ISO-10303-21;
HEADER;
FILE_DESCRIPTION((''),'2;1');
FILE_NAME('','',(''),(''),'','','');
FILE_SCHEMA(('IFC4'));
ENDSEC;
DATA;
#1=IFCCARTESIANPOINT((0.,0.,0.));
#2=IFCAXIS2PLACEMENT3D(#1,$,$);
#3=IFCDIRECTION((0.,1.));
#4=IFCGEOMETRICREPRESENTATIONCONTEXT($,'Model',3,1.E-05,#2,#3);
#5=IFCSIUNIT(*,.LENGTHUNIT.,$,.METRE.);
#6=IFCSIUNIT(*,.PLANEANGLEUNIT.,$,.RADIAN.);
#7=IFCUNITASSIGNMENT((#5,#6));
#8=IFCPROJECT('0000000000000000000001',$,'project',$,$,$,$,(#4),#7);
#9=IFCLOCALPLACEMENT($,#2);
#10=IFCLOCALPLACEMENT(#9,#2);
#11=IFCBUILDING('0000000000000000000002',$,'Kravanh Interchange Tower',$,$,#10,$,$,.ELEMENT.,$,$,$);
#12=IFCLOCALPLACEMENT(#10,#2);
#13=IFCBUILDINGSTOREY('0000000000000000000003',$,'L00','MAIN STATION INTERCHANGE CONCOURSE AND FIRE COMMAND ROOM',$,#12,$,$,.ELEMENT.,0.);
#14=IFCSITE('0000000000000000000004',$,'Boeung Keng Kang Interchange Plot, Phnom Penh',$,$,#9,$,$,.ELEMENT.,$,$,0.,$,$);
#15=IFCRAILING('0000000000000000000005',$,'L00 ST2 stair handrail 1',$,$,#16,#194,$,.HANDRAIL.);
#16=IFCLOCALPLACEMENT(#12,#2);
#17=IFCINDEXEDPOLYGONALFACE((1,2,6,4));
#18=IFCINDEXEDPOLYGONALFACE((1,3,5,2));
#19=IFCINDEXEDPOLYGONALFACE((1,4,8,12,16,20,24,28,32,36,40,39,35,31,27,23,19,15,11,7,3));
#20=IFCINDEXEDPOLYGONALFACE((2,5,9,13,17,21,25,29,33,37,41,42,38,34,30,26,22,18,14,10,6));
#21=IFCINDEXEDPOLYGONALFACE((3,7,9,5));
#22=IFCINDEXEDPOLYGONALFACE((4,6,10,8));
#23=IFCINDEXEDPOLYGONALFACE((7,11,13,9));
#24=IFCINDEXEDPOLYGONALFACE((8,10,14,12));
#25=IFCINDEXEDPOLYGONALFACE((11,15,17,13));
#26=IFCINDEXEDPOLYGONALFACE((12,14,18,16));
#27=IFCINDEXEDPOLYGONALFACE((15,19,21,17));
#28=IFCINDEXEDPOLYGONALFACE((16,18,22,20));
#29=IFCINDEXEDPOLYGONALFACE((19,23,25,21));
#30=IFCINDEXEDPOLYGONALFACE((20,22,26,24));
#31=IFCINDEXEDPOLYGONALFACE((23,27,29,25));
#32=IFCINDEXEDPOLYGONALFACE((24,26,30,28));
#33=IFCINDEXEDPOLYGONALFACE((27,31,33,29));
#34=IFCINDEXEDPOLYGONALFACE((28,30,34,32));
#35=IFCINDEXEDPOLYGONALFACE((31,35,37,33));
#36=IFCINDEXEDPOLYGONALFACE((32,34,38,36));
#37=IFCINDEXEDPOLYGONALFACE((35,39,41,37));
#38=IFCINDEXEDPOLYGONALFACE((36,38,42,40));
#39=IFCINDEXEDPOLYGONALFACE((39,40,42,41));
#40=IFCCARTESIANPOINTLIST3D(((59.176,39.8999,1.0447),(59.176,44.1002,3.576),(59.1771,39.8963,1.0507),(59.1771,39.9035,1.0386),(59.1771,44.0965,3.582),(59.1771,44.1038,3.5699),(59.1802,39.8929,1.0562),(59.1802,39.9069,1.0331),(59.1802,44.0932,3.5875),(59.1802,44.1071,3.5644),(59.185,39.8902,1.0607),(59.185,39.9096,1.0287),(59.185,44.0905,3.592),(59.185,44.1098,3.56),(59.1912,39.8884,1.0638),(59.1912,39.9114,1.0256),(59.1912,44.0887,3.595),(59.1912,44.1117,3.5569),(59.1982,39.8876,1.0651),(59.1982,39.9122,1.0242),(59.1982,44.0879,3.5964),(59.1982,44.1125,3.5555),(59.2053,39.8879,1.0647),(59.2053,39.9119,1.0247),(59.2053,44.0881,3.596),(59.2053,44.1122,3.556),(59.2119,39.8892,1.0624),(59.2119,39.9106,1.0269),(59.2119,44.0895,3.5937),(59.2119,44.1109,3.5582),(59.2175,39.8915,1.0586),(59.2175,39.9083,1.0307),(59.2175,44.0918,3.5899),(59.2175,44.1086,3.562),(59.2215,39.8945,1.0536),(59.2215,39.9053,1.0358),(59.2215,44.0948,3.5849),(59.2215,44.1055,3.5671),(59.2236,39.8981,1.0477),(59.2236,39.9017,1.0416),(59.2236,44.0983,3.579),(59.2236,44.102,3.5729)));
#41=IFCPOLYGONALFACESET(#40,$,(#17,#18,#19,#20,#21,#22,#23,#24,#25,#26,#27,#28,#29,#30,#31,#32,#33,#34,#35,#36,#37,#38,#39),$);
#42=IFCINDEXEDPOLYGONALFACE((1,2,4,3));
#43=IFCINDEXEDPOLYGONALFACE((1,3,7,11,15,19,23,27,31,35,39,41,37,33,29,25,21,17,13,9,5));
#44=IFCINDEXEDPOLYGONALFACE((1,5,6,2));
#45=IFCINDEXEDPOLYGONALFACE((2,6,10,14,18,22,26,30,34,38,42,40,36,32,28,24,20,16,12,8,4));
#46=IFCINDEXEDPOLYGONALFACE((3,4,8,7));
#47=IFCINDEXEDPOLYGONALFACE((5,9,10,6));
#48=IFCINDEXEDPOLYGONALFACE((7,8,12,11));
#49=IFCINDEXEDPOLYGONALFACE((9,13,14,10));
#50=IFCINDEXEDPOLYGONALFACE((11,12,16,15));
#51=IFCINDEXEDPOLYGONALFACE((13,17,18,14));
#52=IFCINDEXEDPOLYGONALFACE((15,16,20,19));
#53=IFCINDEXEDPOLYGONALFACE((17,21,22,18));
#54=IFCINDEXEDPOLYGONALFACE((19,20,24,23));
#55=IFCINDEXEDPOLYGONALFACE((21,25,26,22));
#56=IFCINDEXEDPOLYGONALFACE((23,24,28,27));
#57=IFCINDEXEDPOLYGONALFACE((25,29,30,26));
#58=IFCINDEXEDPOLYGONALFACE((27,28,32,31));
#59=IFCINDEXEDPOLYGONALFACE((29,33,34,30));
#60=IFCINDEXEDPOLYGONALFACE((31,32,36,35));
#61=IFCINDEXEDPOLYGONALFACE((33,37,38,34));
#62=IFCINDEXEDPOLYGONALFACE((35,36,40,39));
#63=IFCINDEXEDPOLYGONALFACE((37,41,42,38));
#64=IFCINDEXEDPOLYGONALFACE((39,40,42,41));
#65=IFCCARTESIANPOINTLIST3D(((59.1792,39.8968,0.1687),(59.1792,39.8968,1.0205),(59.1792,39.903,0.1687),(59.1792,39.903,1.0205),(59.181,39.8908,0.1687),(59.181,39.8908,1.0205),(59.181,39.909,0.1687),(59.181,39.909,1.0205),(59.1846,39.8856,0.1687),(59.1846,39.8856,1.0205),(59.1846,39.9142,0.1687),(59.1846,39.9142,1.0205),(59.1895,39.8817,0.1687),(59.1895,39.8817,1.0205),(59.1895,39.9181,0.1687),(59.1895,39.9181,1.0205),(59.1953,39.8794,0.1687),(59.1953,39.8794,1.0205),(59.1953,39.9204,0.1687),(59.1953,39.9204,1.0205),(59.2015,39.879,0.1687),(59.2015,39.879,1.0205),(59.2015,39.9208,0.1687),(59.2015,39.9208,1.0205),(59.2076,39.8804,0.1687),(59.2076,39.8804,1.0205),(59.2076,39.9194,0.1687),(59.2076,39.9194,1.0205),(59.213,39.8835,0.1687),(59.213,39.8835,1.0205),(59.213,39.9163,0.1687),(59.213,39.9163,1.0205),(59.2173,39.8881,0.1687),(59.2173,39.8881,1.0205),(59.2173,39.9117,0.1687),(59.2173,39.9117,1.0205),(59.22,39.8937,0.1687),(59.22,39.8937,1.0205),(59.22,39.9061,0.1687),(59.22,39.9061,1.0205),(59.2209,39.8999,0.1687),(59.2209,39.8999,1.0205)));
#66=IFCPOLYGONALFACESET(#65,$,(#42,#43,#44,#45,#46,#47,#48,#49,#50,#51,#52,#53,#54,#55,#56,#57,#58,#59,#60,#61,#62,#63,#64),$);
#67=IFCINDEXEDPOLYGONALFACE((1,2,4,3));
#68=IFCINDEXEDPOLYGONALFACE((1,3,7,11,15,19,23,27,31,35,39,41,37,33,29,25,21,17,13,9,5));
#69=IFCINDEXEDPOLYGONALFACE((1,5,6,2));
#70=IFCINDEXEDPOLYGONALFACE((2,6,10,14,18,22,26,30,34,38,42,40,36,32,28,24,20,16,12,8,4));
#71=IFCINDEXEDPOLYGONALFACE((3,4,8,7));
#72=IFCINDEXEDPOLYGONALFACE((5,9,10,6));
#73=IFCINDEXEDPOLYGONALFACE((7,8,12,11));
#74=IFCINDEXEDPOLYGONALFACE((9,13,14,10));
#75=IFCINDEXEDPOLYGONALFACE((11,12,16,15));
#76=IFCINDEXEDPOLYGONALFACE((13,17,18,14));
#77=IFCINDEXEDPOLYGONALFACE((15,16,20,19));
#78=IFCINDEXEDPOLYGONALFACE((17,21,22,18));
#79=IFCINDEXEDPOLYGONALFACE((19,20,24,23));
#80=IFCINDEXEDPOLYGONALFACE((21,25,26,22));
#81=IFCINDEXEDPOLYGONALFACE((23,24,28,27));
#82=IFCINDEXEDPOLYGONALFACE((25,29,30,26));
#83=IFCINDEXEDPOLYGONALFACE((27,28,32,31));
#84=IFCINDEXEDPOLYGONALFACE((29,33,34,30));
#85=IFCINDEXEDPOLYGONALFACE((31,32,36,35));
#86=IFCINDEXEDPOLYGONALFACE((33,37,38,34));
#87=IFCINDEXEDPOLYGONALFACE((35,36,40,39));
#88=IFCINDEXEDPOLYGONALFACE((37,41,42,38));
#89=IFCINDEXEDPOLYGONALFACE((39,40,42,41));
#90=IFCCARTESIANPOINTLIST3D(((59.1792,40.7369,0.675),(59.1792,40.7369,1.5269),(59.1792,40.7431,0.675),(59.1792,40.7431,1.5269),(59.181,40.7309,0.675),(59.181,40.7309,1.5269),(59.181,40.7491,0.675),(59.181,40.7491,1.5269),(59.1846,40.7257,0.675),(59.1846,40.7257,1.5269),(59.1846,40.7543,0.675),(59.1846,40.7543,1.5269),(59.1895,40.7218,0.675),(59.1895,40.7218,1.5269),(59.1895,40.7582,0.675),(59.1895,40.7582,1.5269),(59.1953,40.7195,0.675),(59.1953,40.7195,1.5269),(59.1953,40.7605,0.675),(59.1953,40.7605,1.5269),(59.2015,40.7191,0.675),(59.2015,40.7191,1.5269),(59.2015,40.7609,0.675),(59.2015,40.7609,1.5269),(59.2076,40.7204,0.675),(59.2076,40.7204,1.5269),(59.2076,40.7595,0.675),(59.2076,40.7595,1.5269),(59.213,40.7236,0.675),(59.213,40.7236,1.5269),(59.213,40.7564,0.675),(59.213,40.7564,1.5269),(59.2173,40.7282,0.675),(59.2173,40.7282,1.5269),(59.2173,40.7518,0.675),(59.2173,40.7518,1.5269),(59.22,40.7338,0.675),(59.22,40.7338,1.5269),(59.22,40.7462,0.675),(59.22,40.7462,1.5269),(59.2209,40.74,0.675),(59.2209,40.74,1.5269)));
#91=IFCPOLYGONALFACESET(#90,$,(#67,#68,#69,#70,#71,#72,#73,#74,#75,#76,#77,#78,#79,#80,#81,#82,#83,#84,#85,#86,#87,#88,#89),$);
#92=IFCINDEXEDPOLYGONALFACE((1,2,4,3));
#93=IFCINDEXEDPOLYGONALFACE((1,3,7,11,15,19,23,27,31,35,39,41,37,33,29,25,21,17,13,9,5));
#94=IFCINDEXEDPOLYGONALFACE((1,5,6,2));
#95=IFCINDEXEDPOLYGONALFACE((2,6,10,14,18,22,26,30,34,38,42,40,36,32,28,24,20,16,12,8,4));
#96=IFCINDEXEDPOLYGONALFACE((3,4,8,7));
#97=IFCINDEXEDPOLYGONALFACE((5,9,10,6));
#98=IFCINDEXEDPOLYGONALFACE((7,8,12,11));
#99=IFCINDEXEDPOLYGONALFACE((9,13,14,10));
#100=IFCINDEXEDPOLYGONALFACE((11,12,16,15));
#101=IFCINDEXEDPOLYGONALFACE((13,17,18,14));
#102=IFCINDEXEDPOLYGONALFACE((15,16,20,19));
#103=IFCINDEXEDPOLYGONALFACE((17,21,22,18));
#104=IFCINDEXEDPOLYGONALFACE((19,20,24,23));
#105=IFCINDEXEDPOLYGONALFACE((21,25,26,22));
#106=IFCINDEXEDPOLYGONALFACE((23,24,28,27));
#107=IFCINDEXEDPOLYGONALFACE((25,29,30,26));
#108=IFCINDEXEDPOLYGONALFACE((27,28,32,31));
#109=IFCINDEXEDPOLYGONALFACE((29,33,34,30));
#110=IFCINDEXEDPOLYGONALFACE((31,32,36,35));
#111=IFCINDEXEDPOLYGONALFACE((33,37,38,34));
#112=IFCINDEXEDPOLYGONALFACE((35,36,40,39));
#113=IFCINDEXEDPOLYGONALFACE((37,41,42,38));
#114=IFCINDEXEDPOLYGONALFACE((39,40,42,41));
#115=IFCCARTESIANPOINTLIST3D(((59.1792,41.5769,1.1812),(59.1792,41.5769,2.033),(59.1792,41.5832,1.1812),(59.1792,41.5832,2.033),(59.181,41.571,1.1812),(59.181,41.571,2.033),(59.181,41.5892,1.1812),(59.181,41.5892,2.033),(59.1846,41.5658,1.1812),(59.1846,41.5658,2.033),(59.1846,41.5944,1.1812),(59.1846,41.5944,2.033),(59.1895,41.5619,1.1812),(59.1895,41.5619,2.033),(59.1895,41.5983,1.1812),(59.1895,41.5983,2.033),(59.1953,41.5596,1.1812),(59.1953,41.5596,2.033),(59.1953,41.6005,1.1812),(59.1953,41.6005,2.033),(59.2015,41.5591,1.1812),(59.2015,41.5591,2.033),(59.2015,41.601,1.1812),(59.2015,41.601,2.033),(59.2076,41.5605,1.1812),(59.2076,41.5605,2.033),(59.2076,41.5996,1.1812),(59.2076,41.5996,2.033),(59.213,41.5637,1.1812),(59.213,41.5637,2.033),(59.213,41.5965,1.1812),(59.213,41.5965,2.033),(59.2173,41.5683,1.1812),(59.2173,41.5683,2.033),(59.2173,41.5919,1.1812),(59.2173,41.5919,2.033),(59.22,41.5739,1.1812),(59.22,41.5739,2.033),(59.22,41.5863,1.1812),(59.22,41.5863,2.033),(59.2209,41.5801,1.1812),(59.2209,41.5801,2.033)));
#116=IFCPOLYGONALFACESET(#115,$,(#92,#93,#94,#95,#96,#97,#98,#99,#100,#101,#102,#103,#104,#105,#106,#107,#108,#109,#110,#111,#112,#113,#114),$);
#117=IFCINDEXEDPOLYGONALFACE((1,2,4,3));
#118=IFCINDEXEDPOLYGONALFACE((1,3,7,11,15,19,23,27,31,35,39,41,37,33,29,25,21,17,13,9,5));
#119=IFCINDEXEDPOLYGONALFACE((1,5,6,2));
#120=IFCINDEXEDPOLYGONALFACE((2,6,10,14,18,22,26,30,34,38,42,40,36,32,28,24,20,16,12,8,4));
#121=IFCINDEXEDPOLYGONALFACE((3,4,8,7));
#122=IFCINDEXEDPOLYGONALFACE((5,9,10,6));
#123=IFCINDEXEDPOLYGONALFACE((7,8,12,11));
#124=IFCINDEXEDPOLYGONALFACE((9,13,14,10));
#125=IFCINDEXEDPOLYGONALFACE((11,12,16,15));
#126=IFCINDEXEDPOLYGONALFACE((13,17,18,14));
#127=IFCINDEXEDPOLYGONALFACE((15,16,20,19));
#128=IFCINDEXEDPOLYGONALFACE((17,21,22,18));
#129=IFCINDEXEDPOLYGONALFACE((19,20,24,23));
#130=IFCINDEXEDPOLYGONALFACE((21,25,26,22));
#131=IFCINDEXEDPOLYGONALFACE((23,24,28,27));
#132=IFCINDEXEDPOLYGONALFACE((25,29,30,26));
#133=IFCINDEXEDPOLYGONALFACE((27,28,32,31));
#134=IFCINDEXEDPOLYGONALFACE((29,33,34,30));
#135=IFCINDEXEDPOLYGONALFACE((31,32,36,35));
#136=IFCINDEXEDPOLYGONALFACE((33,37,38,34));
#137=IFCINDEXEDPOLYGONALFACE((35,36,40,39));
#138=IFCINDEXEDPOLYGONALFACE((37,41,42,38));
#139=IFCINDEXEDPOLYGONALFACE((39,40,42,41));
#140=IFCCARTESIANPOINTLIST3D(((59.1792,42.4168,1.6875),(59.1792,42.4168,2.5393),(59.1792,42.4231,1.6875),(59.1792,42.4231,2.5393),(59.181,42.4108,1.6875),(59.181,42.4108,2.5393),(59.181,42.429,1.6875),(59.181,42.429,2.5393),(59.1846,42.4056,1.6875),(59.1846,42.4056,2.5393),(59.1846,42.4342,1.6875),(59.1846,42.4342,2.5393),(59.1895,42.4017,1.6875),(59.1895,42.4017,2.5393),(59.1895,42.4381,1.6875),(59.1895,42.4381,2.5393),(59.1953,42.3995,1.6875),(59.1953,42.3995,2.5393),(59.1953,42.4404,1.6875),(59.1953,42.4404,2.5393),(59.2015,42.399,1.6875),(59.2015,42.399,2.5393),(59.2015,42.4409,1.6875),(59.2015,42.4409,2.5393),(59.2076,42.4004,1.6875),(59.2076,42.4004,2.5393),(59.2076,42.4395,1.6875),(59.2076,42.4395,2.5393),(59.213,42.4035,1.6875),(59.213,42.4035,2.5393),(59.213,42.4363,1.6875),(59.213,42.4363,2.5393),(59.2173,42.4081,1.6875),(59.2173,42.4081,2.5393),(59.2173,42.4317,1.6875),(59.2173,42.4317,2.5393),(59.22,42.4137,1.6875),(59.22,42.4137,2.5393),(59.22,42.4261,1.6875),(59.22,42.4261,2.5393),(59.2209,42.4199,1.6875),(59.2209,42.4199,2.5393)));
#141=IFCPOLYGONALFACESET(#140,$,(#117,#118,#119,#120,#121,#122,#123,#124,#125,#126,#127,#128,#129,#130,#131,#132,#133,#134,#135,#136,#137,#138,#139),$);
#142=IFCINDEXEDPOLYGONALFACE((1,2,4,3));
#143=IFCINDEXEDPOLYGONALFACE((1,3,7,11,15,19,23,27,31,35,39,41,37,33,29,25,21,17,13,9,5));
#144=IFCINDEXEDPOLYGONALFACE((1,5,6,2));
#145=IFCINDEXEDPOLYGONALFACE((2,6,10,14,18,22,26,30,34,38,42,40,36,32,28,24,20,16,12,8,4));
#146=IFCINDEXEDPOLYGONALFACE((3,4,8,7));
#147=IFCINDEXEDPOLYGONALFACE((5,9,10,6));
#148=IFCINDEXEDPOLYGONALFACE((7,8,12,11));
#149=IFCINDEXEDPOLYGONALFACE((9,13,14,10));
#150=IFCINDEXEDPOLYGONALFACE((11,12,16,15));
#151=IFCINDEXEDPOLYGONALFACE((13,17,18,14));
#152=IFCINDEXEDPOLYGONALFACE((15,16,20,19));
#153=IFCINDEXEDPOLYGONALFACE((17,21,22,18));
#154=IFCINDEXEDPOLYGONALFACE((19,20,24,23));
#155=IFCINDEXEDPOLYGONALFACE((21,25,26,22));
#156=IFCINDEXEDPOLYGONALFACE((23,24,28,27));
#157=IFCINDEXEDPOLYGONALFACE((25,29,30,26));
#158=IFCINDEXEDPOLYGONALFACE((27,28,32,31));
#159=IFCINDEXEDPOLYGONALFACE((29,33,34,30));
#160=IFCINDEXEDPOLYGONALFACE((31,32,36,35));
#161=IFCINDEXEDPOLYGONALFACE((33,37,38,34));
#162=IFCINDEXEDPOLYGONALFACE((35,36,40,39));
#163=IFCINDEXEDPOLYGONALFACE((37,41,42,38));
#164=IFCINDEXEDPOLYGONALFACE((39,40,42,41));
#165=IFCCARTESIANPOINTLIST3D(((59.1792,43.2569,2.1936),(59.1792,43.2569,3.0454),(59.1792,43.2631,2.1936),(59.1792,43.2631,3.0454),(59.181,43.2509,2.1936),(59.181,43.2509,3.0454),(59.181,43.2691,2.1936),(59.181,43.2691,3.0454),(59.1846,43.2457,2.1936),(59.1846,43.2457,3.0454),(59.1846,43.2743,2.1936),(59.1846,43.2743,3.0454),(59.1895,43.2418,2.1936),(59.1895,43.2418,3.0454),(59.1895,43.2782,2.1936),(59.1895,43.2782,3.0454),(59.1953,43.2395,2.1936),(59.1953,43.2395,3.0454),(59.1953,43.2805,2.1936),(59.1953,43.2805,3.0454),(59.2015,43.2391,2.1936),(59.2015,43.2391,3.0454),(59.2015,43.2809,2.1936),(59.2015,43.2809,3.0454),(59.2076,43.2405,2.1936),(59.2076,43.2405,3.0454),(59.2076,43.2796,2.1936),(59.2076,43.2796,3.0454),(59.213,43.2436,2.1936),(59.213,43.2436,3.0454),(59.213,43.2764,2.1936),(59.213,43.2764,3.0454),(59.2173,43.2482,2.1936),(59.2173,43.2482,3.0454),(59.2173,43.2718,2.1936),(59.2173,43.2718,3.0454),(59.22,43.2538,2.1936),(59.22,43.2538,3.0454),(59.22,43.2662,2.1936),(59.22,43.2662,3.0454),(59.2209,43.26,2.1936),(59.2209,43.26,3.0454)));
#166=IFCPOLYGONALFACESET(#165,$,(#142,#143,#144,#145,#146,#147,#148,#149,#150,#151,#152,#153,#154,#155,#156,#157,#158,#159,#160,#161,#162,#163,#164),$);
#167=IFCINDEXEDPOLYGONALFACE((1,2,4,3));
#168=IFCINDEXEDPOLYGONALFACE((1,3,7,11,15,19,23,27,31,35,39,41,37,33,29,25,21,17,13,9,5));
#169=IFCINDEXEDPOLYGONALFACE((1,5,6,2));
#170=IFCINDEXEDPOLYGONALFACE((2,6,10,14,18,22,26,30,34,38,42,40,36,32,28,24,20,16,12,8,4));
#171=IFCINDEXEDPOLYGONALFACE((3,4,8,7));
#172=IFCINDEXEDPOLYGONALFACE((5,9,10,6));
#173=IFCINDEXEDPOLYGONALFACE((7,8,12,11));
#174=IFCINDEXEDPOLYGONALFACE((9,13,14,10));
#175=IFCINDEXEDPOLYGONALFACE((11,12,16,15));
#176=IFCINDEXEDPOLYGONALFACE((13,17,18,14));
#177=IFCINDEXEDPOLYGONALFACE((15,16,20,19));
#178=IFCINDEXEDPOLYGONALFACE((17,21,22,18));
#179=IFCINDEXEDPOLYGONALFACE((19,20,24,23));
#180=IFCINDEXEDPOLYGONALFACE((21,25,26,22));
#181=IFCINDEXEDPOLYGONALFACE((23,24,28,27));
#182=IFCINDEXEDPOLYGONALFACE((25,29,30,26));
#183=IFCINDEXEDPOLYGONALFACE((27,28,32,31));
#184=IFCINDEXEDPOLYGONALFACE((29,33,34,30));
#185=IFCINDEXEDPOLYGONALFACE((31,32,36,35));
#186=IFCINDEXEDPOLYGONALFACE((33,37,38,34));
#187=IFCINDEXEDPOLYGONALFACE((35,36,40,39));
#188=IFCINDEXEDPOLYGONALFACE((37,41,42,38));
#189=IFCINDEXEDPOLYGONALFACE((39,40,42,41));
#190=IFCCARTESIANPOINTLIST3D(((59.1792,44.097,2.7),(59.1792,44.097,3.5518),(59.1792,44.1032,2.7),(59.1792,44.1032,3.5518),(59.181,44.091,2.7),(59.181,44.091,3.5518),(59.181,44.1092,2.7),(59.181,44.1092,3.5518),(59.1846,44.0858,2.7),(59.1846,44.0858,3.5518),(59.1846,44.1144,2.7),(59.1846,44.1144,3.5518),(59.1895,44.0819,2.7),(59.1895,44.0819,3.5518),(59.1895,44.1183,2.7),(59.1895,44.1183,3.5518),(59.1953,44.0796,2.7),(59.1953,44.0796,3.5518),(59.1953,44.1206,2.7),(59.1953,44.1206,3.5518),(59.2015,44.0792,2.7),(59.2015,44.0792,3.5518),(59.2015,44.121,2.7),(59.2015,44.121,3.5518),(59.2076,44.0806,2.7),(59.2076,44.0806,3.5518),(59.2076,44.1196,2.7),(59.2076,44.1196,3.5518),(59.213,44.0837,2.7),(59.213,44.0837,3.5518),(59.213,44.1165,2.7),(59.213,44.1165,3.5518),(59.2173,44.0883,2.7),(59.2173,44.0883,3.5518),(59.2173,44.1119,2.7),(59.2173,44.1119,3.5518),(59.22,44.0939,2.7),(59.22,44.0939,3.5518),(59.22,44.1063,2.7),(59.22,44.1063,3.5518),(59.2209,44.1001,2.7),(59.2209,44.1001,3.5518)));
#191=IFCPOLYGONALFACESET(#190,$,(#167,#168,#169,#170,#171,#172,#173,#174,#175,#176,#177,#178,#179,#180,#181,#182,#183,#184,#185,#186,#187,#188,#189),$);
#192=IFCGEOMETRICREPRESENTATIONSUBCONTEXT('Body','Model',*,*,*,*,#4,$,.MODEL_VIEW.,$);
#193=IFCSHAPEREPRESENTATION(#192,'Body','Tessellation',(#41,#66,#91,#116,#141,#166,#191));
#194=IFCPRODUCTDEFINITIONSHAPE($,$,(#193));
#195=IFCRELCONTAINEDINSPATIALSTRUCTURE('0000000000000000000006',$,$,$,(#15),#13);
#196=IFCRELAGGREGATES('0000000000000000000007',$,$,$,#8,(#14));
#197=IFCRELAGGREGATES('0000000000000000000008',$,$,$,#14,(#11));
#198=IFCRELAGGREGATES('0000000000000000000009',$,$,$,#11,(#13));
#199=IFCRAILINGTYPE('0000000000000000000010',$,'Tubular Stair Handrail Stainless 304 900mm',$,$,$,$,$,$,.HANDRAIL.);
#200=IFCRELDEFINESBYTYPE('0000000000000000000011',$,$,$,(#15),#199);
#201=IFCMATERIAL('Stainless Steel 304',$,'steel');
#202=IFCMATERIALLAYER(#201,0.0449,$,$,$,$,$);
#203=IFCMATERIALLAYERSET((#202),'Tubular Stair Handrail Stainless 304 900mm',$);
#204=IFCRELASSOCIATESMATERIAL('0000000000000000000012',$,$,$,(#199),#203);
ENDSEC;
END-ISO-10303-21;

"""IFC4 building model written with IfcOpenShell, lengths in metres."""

from ifc_helpers import new_model, si_unit, direction, frame, origin, origin_2d, place, context, subcontext, project, spatial, circle, extrude, material, layer, layer_set, type_object, element, save


model = new_model("IFC4")

# Units and contexts
model_context = context("Model", 3, precision=1e-05, world=origin(), true_north=direction((0.0, 1.0)))
body_context = subcontext(model_context, "Body", "Model", "MODEL_VIEW")
ifc_project = project(units=[si_unit("LENGTHUNIT", "METRE"), si_unit("PLANEANGLEUNIT", "RADIAN")], contexts=[model_context])

# Site, building, storey
site_placement = place(None, origin())
site = spatial("IfcSite", under=ifc_project, at=site_placement, Name="Boeung Keng Kang Interchange Plot, Phnom Penh", CompositionType="ELEMENT", RefElevation=0.0)
building_placement = place(site_placement, origin())
building = spatial("IfcBuilding", under=site, at=building_placement, Name="Kravanh Interchange Tower", CompositionType="ELEMENT")
storey_placement = place(building_placement, origin())
storey = spatial("IfcBuildingStorey", under=building, at=storey_placement, Name="L00", Description="MAIN STATION INTERCHANGE CONCOURSE AND FIRE COMMAND ROOM", CompositionType="ELEMENT", Elevation=0.0)

# Railing
ifc_material_1 = material(Name="Stainless Steel 304", Category="steel")
ifc_layer_1 = layer(ifc_material_1, 0.0449)
ifc_layer_set_1 = layer_set([ifc_layer_1], Name="Tubular Stair Handrail Stainless 304 900mm")
railing_type_1 = type_object("IfcRailingType", Name="Tubular Stair Handrail Stainless 304 900mm", PredefinedType="HANDRAIL", material=ifc_layer_set_1)
railing_1_placement = place(storey_placement, frame((59.2, 39.8999, 0.1687)))
element("IfcRailing", 1, at=railing_1_placement, inside=storey, type_object=railing_type_1, Name="L00 ST2 stair handrail 1", PredefinedType="HANDRAIL", context=body_context, shape_type="SweptSolid", body=[
    extrude(circle(Radius=0.0239, at=origin_2d()), frame((0.0, 0.0, 0.876), z_axis=(0.0, 0.85649, 0.516164), x_axis=(-1.0, 0.0, 0.0)), (0.0, 0.0, 1.0), 4.9041),
    extrude(circle(Radius=0.021, at=origin_2d()), origin(), (0.0, 0.0, 1.0), 0.8518),
    extrude(circle(Radius=0.021, at=origin_2d()), frame((0.0, 0.8401, 0.5063)), (0.0, 0.0, 1.0), 0.8518),
    extrude(circle(Radius=0.021, at=origin_2d()), frame((0.0, 1.6802, 1.0125)), (0.0, 0.0, 1.0), 0.8518),
    extrude(circle(Radius=0.021, at=origin_2d()), frame((0.0, 2.52, 1.5188)), (0.0, 0.0, 1.0), 0.8518),
    extrude(circle(Radius=0.021, at=origin_2d()), frame((0.0, 3.3601, 2.0249)), (0.0, 0.0, 1.0), 0.8518),
    extrude(circle(Radius=0.021, at=origin_2d()), frame((0.0, 4.2002, 2.5312)), (0.0, 0.0, 1.0), 0.8518),
])

save(model, "model.ifc")
